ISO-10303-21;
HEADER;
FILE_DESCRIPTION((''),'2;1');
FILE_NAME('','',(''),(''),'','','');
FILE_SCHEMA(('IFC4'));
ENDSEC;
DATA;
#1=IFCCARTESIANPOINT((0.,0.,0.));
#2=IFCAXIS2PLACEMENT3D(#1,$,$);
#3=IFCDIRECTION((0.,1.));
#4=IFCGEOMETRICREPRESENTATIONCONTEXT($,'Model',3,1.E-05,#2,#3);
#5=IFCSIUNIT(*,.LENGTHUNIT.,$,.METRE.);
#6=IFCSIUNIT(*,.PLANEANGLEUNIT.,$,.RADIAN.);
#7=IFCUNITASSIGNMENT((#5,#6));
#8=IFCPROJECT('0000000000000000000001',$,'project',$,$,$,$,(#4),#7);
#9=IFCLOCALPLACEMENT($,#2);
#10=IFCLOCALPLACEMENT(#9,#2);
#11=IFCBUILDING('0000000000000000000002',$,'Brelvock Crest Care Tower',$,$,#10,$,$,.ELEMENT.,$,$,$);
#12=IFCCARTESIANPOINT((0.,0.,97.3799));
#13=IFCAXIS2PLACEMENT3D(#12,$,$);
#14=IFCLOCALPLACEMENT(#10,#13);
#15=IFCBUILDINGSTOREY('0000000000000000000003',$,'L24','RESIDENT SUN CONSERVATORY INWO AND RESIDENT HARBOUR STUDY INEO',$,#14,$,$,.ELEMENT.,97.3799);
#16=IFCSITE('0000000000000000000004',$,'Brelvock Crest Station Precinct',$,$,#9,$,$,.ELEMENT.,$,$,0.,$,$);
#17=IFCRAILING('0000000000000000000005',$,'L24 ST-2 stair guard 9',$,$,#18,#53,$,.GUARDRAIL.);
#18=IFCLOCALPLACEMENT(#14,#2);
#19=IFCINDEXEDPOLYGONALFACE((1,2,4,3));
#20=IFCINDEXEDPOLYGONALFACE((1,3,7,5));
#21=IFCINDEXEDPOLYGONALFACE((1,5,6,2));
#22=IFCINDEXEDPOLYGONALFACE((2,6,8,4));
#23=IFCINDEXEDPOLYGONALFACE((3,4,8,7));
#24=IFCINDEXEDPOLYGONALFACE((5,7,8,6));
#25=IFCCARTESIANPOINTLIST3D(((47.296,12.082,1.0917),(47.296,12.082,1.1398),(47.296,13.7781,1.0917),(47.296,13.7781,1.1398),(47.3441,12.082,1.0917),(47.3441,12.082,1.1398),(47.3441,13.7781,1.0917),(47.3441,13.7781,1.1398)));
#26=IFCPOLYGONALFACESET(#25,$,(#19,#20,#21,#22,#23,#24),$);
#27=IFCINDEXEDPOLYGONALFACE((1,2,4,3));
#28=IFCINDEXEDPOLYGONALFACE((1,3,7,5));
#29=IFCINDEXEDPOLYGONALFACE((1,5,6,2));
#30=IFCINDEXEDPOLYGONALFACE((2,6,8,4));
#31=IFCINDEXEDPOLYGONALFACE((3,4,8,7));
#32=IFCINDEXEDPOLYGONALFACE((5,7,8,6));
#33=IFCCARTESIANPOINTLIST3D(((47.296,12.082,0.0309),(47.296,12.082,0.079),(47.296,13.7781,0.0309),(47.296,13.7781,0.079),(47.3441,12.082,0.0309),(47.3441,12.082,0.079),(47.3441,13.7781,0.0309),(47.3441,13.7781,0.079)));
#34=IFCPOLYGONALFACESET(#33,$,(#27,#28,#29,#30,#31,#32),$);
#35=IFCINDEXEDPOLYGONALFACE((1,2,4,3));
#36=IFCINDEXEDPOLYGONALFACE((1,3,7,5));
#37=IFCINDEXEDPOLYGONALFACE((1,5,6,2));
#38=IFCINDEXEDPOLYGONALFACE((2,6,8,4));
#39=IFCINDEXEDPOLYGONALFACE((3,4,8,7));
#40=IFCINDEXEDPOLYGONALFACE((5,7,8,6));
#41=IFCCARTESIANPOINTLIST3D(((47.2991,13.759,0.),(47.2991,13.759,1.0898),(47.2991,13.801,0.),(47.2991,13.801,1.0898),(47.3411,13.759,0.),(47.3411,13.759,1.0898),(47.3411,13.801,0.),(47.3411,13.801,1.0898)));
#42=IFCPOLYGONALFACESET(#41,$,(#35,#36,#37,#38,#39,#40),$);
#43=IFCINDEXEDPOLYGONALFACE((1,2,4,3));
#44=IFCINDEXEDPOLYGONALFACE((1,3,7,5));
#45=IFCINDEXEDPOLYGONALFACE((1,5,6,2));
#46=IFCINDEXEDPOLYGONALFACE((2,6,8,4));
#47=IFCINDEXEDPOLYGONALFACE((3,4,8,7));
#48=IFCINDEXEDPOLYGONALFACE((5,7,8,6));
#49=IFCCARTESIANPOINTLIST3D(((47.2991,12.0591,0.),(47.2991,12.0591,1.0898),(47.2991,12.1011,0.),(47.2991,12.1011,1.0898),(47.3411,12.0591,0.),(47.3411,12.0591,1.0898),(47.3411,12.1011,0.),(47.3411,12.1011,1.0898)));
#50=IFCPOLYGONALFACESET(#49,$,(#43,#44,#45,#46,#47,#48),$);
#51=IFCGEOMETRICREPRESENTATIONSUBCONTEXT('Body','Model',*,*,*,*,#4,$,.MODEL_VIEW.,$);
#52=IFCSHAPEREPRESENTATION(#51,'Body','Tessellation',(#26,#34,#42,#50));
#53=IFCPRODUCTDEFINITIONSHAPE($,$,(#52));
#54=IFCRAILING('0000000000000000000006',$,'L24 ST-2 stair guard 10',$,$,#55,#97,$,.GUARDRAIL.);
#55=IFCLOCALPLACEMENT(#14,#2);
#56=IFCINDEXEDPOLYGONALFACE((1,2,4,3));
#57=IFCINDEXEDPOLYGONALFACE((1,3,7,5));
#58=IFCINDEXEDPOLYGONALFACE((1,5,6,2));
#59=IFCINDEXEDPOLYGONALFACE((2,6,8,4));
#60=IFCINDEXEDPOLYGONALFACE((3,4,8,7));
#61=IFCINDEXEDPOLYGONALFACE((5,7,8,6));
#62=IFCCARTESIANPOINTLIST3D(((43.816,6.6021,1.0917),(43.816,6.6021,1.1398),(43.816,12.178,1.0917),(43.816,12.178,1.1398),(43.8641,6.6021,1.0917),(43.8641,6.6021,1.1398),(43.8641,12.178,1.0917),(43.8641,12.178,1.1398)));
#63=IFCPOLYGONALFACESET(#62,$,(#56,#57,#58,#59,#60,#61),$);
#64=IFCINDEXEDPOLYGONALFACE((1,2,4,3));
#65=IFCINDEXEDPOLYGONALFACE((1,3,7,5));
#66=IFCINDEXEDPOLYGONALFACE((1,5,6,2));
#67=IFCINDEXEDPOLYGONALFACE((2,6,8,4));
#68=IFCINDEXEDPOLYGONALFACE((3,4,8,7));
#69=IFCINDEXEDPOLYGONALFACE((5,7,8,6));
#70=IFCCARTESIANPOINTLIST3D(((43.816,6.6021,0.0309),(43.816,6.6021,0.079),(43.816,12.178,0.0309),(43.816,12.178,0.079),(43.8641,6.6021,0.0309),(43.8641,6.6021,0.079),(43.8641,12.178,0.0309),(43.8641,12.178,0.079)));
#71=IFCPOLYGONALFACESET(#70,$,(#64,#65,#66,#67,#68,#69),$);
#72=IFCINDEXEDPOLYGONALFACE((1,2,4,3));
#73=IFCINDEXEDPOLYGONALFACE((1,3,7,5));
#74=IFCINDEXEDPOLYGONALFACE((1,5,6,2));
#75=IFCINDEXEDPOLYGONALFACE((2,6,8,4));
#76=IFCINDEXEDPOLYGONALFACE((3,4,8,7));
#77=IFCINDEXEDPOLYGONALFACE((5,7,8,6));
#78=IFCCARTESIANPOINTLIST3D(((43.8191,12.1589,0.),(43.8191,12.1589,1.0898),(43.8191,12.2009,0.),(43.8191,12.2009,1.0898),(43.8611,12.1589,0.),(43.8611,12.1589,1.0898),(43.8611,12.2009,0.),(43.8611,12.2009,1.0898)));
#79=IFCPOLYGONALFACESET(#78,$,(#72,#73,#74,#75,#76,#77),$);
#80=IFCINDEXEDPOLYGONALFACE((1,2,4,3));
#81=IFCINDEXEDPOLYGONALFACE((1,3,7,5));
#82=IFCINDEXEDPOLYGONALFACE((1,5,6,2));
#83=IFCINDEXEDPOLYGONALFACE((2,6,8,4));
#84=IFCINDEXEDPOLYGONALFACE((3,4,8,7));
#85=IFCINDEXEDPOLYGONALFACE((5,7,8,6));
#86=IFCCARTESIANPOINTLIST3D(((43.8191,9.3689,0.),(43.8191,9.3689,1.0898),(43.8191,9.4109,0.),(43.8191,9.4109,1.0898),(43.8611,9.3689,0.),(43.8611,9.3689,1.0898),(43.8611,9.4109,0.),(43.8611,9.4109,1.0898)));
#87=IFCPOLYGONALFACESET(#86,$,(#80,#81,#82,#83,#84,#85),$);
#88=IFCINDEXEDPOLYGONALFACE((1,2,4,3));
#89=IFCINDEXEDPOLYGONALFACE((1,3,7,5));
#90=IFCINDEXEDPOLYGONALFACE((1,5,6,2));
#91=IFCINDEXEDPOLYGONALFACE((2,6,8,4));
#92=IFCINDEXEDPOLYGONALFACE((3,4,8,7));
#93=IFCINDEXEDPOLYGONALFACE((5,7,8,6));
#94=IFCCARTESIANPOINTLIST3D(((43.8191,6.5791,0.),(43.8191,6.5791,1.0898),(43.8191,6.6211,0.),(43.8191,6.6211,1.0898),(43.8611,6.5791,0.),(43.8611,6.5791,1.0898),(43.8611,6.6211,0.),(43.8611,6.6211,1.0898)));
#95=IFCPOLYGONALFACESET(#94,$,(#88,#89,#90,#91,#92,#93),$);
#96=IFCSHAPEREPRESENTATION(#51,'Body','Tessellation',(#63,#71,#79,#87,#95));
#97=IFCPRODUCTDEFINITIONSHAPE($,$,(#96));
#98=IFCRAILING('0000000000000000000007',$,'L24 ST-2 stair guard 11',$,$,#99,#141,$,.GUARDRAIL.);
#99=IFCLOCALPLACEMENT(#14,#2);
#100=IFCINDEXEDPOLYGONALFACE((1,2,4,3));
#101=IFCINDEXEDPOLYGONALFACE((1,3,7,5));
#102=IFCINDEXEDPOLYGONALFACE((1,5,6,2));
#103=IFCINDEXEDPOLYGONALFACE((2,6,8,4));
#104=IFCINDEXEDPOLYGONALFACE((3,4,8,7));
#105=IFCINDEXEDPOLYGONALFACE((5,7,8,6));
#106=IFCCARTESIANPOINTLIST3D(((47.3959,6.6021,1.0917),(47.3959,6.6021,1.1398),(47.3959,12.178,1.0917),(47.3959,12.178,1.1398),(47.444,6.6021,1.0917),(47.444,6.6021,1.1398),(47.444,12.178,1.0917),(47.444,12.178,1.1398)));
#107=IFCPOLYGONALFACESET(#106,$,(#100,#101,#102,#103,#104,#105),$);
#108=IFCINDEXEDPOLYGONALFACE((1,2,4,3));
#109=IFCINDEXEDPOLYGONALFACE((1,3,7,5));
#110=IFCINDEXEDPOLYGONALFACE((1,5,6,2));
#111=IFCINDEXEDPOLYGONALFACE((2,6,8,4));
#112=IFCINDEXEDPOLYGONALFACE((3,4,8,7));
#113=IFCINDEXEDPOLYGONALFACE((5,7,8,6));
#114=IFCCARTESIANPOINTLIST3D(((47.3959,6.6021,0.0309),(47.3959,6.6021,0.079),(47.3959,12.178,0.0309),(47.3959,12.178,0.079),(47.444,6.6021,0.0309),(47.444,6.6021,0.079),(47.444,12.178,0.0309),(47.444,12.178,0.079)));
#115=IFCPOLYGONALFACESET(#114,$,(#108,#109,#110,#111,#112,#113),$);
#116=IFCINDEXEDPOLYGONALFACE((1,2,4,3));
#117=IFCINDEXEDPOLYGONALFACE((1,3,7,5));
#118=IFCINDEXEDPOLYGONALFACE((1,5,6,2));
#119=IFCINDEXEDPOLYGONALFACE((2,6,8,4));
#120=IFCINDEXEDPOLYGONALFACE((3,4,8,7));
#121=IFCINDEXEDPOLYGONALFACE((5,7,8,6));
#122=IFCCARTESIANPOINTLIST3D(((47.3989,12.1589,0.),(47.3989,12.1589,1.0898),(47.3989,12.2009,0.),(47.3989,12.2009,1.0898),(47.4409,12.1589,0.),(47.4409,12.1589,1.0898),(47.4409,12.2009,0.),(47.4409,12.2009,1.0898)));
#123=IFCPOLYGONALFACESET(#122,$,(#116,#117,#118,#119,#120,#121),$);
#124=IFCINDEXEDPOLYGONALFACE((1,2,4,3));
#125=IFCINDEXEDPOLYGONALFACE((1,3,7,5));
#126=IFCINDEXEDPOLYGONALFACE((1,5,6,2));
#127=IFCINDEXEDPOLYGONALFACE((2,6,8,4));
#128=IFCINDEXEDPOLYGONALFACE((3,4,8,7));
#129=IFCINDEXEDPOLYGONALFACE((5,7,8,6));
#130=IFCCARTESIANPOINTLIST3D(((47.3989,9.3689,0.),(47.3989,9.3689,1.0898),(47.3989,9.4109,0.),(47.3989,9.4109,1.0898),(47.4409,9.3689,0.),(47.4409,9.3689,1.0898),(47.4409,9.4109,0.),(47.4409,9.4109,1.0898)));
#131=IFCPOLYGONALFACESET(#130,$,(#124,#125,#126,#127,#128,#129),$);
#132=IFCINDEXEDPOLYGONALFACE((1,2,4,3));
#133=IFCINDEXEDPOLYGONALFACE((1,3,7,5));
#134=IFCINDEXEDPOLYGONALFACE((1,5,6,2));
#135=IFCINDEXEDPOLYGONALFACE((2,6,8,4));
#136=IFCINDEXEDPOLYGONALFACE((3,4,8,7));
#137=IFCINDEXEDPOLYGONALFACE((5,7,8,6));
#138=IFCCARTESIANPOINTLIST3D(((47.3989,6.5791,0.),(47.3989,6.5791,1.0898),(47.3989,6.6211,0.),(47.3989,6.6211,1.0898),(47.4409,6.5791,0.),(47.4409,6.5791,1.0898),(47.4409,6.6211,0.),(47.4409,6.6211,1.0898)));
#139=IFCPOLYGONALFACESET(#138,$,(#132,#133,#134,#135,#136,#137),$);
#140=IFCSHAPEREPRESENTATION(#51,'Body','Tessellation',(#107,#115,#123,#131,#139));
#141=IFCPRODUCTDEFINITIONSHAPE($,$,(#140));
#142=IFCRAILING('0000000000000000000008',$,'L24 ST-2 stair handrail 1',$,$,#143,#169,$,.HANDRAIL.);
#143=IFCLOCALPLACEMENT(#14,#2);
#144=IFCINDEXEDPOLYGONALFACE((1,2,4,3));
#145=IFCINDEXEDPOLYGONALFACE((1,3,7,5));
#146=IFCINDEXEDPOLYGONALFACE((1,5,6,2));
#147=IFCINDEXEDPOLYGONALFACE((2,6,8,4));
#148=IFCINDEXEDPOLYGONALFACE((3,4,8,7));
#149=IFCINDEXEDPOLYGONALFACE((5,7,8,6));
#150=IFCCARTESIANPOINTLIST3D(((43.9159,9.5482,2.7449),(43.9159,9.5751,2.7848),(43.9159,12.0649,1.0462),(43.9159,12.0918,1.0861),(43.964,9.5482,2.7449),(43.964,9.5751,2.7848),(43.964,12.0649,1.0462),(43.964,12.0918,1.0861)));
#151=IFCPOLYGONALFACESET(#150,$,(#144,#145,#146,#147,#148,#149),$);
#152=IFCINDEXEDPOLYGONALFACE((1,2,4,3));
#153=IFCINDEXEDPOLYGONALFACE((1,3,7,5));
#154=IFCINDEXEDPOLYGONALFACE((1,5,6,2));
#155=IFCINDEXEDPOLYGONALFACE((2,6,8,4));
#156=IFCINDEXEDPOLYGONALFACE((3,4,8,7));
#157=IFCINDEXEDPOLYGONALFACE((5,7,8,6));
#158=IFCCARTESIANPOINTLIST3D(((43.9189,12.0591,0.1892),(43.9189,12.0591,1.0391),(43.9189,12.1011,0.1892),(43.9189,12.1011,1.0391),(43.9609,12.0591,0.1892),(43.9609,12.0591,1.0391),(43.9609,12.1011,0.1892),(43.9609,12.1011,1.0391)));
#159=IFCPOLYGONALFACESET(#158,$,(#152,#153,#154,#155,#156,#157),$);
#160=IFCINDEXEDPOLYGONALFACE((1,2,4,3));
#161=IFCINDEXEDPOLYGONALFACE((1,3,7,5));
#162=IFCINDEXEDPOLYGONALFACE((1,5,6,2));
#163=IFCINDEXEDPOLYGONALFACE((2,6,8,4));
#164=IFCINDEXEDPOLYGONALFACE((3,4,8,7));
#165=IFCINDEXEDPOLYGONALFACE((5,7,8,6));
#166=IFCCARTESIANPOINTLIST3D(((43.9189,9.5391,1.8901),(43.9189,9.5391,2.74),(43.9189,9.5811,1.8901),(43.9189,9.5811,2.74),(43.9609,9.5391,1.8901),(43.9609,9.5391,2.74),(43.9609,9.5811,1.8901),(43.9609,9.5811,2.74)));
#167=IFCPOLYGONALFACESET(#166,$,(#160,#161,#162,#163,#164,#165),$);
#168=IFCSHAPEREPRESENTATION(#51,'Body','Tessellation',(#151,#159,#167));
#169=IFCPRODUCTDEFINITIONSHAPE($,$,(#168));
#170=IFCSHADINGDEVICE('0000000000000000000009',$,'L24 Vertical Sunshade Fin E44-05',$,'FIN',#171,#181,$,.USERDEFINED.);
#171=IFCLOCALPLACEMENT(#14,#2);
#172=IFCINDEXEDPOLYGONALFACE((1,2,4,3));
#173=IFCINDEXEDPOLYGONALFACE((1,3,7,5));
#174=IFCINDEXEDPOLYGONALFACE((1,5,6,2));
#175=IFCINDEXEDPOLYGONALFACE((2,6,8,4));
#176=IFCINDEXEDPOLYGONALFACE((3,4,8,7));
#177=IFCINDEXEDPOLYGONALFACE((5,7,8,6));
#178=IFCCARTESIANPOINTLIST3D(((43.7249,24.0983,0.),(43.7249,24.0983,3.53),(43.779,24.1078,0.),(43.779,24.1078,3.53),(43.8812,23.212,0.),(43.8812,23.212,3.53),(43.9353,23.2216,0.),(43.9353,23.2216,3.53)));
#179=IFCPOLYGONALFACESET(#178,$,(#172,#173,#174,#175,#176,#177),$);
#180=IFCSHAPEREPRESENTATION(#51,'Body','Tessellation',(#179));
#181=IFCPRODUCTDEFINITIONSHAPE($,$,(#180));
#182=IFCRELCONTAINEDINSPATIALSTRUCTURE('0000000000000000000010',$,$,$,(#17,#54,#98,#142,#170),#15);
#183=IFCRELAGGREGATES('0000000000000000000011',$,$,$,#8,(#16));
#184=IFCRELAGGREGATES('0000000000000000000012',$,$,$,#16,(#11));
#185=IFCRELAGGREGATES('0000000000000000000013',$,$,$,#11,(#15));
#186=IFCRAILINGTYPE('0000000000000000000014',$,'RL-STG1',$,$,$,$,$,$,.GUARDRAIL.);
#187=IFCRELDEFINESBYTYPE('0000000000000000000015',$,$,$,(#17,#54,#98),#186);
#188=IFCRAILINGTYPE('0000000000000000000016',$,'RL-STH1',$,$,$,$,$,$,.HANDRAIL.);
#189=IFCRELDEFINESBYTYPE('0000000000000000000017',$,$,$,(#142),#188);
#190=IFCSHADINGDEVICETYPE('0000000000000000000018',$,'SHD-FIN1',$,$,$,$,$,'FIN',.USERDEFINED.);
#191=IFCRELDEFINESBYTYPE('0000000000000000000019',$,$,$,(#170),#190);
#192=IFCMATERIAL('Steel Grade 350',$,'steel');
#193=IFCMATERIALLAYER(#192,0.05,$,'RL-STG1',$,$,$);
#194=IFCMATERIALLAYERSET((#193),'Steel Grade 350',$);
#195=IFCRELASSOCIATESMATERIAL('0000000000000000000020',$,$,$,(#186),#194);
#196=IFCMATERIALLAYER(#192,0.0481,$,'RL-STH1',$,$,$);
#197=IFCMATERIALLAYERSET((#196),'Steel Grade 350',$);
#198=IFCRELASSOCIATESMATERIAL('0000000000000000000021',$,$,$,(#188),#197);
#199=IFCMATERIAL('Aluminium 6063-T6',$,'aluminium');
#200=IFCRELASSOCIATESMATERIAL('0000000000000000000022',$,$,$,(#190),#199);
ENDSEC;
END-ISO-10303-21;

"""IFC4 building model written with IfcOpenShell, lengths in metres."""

from ifc_helpers import new_model, si_unit, direction, frame, origin, origin_2d, place, context, subcontext, project, spatial, rectangle, extrude, source, transform, mapped, material, layer, layer_set, material_profile, profile_set, type_object, element, save


model = new_model("IFC4")

# Units and contexts
model_context = context("Model", 3, precision=1e-05, world=origin(), true_north=direction((0.0, 1.0)))
body_context = subcontext(model_context, "Body", "Model", "MODEL_VIEW")
ifc_project = project(units=[si_unit("LENGTHUNIT", "METRE"), si_unit("PLANEANGLEUNIT", "RADIAN")], contexts=[model_context])

# Site, building, storey
site_placement = place(None, origin())
site = spatial("IfcSite", under=ifc_project, at=site_placement, Name="Brelvock Crest Station Precinct", CompositionType="ELEMENT", RefElevation=0.0)
building_placement = place(site_placement, origin())
building = spatial("IfcBuilding", under=site, at=building_placement, Name="Brelvock Crest Care Tower", CompositionType="ELEMENT")
storey_placement = place(building_placement, frame((0.0, 0.0, 97.3799)))
storey = spatial("IfcBuildingStorey", under=building, at=storey_placement, Name="L24", Description="RESIDENT SUN CONSERVATORY INWO AND RESIDENT HARBOUR STUDY INEO", CompositionType="ELEMENT", Elevation=97.3799)

# Shared definitions
ifc_material_1 = material(Name="Steel Grade 350", Category="steel")

# Railings
ifc_layer_1 = layer(ifc_material_1, 0.05, Name="RL-STG1")
ifc_layer_set_1 = layer_set([ifc_layer_1], Name="Steel Grade 350")
railing_type_1 = type_object("IfcRailingType", Name="RL-STG1", PredefinedType="GUARDRAIL", material=ifc_layer_set_1)
for number, where, name in (
    (1, (47.3201, 13.78, 0.0), "L24 ST-2 stair guard 9"),
):
    element("IfcRailing", number, at=place(storey_placement, frame(where)), inside=storey, type_object=railing_type_1, Name=name, PredefinedType="GUARDRAIL", context=body_context, shape_type="SweptSolid", body=[
        extrude(rectangle(XDim=0.0481, YDim=0.0481, at=origin_2d()), frame((0.0, -0.002, 1.1157), z_axis=(0.0, -1.0, 0.0), x_axis=(1.0, 0.0, 0.0)), (0.0, 0.0, 1.0), 1.696),
        extrude(rectangle(XDim=0.0481, YDim=0.0481, at=origin_2d()), frame((0.0, -0.002, 0.0549), z_axis=(0.0, -1.0, 0.0), x_axis=(1.0, 0.0, 0.0)), (0.0, 0.0, 1.0), 1.696),
        extrude(rectangle(XDim=0.042, YDim=0.042, at=origin_2d()), origin(), (0.0, 0.0, 1.0), 1.0898),
        extrude(rectangle(XDim=0.042, YDim=0.042, at=origin_2d()), frame((0.0, -1.7, 0.0)), (0.0, 0.0, 1.0), 1.0898),
    ])
for number, where, name in (
    (2, (43.8401, 12.1799, 0.0), "L24 ST-2 stair guard 10"),
    (3, (47.4199, 12.1799, 0.0), "L24 ST-2 stair guard 11"),
):
    element("IfcRailing", number, at=place(storey_placement, frame(where)), inside=storey, type_object=railing_type_1, Name=name, PredefinedType="GUARDRAIL", context=body_context, shape_type="SweptSolid", body=[
        extrude(rectangle(XDim=0.0481, YDim=0.0481, at=origin_2d()), frame((0.0, -0.002, 1.1157), z_axis=(0.0, -1.0, 0.0), x_axis=(1.0, 0.0, 0.0)), (0.0, 0.0, 1.0), 5.5759),
        extrude(rectangle(XDim=0.0481, YDim=0.0481, at=origin_2d()), frame((0.0, -0.002, 0.0549), z_axis=(0.0, -1.0, 0.0), x_axis=(1.0, 0.0, 0.0)), (0.0, 0.0, 1.0), 5.5759),
        extrude(rectangle(XDim=0.042, YDim=0.042, at=origin_2d()), origin(), (0.0, 0.0, 1.0), 1.0898),
        extrude(rectangle(XDim=0.042, YDim=0.042, at=origin_2d()), frame((0.0, -2.79, 0.0)), (0.0, 0.0, 1.0), 1.0898),
        extrude(rectangle(XDim=0.042, YDim=0.042, at=origin_2d()), frame((0.0, -5.5798, 0.0)), (0.0, 0.0, 1.0), 1.0898),
    ])
ifc_layer_2 = layer(ifc_material_1, 0.0481, Name="RL-STH1")
ifc_layer_set_2 = layer_set([ifc_layer_2], Name="Steel Grade 350")
railing_type_2 = type_object("IfcRailingType", Name="RL-STH1", PredefinedType="HANDRAIL", material=ifc_layer_set_2)
railing_1_placement = place(storey_placement, frame((43.9399, 12.0801, 0.1892)))
element("IfcRailing", 4, at=railing_1_placement, inside=storey, type_object=railing_type_2, Name="L24 ST-2 stair handrail 1", PredefinedType="HANDRAIL", context=body_context, shape_type="SweptSolid", body=[
    extrude(rectangle(XDim=0.0481, YDim=0.0481, at=origin_2d()), frame((0.0, -0.0017, 0.877), z_axis=(0.0, -0.828862, 0.559454), x_axis=(1.0, 0.0, 0.0)), (0.0, 0.0, 1.0), 3.0364),
    extrude(rectangle(XDim=0.042, YDim=0.042, at=origin_2d()), origin(), (0.0, 0.0, 1.0), 0.8499),
    extrude(rectangle(XDim=0.042, YDim=0.042, at=origin_2d()), frame((0.0, -2.52, 1.7009)), (0.0, 0.0, 1.0), 0.8499),
])

# Shading device
ifc_material_2 = material(Name="Aluminium 6063-T6", Category="aluminium")
ifc_material_profile_1 = material_profile(ifc_material_2, rectangle(XDim=0.0549, YDim=0.8999, at=origin_2d()), Name="FIN55x900")
ifc_profile_set_1 = profile_set([ifc_material_profile_1], Name="Aluminium 6063-T6")
shading_device_type = type_object("IfcShadingDeviceType", Name="SHD-FIN1", ElementType="FIN", PredefinedType="USERDEFINED", material=ifc_profile_set_1)
shared_shape_1 = source(origin(), body_context, "Body", "SweptSolid", [
    extrude(rectangle(XDim=0.0549, YDim=0.8999, at=origin_2d()), origin(), (0.0, 0.0, 1.0), 3.53),
])
shading_device_placement = place(storey_placement, frame((43.8301, 23.6599, 0.0), z_axis=(0.0, 0.0, 1.0), x_axis=(-0.984808, -0.173648, 0.0)))
element("IfcShadingDevice", 5, at=shading_device_placement, inside=storey, type_object=shading_device_type, Name="L24 Vertical Sunshade Fin E44-05", ObjectType="FIN", PredefinedType="USERDEFINED", context=body_context, shape_type="MappedRepresentation", body=[
    mapped(shared_shape_1, transform((0.0, 0.0, 0.0), x_axis=(1.0, 0.0, 0.0), y_axis=(0.0, 1.0, 0.0), z_axis=(0.0, 0.0, 1.0), scale=1.0)),
])

save(model, "model.ifc")
